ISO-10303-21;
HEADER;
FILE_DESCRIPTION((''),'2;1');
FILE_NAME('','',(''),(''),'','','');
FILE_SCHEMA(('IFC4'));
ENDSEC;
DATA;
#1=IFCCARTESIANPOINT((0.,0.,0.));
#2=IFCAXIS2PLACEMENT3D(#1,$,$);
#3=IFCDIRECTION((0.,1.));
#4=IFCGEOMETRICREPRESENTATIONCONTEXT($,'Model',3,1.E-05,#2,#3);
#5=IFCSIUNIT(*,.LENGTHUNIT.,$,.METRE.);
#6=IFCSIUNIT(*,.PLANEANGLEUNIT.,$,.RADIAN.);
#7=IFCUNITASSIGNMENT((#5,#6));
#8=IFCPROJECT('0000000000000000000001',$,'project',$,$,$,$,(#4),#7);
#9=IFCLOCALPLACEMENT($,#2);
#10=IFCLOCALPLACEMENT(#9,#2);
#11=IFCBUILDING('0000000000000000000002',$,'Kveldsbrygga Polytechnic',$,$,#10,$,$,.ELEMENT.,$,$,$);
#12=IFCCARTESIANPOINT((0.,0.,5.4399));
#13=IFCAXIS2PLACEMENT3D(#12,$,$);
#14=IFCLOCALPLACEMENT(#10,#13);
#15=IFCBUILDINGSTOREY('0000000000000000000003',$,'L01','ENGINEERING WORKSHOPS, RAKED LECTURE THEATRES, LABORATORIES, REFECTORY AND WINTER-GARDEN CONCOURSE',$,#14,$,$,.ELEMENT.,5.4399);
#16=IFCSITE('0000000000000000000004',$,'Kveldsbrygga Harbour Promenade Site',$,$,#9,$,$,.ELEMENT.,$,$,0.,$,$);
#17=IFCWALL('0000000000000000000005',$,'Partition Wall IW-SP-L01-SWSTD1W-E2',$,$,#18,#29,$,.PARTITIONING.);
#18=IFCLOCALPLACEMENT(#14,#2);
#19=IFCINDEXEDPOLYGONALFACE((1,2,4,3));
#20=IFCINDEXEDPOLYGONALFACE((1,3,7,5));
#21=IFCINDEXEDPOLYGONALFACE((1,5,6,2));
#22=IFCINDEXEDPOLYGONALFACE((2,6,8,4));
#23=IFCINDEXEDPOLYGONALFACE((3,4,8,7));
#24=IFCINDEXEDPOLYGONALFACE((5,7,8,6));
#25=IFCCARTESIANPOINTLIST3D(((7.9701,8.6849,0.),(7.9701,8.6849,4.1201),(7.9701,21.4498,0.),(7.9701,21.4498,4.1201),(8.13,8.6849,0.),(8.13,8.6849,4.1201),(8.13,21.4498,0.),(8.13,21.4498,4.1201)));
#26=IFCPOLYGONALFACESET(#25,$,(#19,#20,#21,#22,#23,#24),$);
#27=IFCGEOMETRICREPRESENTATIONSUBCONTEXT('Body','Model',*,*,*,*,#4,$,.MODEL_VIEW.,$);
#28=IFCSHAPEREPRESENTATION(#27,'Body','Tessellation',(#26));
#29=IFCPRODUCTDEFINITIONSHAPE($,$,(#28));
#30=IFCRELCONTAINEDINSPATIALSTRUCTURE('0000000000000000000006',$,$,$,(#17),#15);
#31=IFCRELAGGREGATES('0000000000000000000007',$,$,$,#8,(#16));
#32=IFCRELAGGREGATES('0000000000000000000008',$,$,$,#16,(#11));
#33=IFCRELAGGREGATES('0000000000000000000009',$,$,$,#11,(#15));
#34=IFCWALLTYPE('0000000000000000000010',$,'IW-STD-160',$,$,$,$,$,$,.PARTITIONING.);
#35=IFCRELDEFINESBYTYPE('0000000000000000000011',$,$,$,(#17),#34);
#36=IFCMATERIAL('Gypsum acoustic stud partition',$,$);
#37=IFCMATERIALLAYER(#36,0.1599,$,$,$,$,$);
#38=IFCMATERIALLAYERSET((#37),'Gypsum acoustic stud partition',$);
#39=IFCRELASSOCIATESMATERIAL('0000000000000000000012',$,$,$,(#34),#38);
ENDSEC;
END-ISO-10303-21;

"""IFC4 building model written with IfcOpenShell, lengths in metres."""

from ifc_helpers import new_model, si_unit, direction, frame, frame_2d, origin, place, context, subcontext, project, spatial, rectangle, extrude, material, layer, layer_set, type_object, element, save


model = new_model("IFC4")

# Units and contexts
model_context = context("Model", 3, precision=1e-05, world=origin(), true_north=direction((0.0, 1.0)))
body_context = subcontext(model_context, "Body", "Model", "MODEL_VIEW")
ifc_project = project(units=[si_unit("LENGTHUNIT", "METRE"), si_unit("PLANEANGLEUNIT", "RADIAN")], contexts=[model_context])

# Site, building, storey
site_placement = place(None, origin())
site = spatial("IfcSite", under=ifc_project, at=site_placement, Name="Kveldsbrygga Harbour Promenade Site", CompositionType="ELEMENT", RefElevation=0.0)
building_placement = place(site_placement, origin())
building = spatial("IfcBuilding", under=site, at=building_placement, Name="Kveldsbrygga Polytechnic", CompositionType="ELEMENT")
storey_placement = place(building_placement, frame((0.0, 0.0, 5.4399)))
storey = spatial("IfcBuildingStorey", under=building, at=storey_placement, Name="L01", Description="ENGINEERING WORKSHOPS, RAKED LECTURE THEATRES, LABORATORIES, REFECTORY AND WINTER-GARDEN CONCOURSE", CompositionType="ELEMENT", Elevation=5.4399)

# Wall
ifc_material_1 = material(Name="Gypsum acoustic stud partition")
ifc_layer_1 = layer(ifc_material_1, 0.1599)
ifc_layer_set_1 = layer_set([ifc_layer_1], Name="Gypsum acoustic stud partition")
wall_type_1 = type_object("IfcWallType", Name="IW-STD-160", PredefinedType="PARTITIONING", material=ifc_layer_set_1)
wall_1_placement = place(storey_placement, frame((8.05, 8.6851, 0.0), z_axis=(0.0, 0.0, 1.0), x_axis=(0.0, 1.0, 0.0)))
element("IfcWall", 1, at=wall_1_placement, inside=storey, type_object=wall_type_1, Name="Partition Wall IW-SP-L01-SWSTD1W-E2", PredefinedType="PARTITIONING", context=body_context, shape_type="SweptSolid", body=[
    extrude(rectangle(XDim=12.7649, YDim=0.1599, at=frame_2d((6.3823, 0.0))), origin(), (0.0, 0.0, 1.0), 4.1201),
])

save(model, "model.ifc")
